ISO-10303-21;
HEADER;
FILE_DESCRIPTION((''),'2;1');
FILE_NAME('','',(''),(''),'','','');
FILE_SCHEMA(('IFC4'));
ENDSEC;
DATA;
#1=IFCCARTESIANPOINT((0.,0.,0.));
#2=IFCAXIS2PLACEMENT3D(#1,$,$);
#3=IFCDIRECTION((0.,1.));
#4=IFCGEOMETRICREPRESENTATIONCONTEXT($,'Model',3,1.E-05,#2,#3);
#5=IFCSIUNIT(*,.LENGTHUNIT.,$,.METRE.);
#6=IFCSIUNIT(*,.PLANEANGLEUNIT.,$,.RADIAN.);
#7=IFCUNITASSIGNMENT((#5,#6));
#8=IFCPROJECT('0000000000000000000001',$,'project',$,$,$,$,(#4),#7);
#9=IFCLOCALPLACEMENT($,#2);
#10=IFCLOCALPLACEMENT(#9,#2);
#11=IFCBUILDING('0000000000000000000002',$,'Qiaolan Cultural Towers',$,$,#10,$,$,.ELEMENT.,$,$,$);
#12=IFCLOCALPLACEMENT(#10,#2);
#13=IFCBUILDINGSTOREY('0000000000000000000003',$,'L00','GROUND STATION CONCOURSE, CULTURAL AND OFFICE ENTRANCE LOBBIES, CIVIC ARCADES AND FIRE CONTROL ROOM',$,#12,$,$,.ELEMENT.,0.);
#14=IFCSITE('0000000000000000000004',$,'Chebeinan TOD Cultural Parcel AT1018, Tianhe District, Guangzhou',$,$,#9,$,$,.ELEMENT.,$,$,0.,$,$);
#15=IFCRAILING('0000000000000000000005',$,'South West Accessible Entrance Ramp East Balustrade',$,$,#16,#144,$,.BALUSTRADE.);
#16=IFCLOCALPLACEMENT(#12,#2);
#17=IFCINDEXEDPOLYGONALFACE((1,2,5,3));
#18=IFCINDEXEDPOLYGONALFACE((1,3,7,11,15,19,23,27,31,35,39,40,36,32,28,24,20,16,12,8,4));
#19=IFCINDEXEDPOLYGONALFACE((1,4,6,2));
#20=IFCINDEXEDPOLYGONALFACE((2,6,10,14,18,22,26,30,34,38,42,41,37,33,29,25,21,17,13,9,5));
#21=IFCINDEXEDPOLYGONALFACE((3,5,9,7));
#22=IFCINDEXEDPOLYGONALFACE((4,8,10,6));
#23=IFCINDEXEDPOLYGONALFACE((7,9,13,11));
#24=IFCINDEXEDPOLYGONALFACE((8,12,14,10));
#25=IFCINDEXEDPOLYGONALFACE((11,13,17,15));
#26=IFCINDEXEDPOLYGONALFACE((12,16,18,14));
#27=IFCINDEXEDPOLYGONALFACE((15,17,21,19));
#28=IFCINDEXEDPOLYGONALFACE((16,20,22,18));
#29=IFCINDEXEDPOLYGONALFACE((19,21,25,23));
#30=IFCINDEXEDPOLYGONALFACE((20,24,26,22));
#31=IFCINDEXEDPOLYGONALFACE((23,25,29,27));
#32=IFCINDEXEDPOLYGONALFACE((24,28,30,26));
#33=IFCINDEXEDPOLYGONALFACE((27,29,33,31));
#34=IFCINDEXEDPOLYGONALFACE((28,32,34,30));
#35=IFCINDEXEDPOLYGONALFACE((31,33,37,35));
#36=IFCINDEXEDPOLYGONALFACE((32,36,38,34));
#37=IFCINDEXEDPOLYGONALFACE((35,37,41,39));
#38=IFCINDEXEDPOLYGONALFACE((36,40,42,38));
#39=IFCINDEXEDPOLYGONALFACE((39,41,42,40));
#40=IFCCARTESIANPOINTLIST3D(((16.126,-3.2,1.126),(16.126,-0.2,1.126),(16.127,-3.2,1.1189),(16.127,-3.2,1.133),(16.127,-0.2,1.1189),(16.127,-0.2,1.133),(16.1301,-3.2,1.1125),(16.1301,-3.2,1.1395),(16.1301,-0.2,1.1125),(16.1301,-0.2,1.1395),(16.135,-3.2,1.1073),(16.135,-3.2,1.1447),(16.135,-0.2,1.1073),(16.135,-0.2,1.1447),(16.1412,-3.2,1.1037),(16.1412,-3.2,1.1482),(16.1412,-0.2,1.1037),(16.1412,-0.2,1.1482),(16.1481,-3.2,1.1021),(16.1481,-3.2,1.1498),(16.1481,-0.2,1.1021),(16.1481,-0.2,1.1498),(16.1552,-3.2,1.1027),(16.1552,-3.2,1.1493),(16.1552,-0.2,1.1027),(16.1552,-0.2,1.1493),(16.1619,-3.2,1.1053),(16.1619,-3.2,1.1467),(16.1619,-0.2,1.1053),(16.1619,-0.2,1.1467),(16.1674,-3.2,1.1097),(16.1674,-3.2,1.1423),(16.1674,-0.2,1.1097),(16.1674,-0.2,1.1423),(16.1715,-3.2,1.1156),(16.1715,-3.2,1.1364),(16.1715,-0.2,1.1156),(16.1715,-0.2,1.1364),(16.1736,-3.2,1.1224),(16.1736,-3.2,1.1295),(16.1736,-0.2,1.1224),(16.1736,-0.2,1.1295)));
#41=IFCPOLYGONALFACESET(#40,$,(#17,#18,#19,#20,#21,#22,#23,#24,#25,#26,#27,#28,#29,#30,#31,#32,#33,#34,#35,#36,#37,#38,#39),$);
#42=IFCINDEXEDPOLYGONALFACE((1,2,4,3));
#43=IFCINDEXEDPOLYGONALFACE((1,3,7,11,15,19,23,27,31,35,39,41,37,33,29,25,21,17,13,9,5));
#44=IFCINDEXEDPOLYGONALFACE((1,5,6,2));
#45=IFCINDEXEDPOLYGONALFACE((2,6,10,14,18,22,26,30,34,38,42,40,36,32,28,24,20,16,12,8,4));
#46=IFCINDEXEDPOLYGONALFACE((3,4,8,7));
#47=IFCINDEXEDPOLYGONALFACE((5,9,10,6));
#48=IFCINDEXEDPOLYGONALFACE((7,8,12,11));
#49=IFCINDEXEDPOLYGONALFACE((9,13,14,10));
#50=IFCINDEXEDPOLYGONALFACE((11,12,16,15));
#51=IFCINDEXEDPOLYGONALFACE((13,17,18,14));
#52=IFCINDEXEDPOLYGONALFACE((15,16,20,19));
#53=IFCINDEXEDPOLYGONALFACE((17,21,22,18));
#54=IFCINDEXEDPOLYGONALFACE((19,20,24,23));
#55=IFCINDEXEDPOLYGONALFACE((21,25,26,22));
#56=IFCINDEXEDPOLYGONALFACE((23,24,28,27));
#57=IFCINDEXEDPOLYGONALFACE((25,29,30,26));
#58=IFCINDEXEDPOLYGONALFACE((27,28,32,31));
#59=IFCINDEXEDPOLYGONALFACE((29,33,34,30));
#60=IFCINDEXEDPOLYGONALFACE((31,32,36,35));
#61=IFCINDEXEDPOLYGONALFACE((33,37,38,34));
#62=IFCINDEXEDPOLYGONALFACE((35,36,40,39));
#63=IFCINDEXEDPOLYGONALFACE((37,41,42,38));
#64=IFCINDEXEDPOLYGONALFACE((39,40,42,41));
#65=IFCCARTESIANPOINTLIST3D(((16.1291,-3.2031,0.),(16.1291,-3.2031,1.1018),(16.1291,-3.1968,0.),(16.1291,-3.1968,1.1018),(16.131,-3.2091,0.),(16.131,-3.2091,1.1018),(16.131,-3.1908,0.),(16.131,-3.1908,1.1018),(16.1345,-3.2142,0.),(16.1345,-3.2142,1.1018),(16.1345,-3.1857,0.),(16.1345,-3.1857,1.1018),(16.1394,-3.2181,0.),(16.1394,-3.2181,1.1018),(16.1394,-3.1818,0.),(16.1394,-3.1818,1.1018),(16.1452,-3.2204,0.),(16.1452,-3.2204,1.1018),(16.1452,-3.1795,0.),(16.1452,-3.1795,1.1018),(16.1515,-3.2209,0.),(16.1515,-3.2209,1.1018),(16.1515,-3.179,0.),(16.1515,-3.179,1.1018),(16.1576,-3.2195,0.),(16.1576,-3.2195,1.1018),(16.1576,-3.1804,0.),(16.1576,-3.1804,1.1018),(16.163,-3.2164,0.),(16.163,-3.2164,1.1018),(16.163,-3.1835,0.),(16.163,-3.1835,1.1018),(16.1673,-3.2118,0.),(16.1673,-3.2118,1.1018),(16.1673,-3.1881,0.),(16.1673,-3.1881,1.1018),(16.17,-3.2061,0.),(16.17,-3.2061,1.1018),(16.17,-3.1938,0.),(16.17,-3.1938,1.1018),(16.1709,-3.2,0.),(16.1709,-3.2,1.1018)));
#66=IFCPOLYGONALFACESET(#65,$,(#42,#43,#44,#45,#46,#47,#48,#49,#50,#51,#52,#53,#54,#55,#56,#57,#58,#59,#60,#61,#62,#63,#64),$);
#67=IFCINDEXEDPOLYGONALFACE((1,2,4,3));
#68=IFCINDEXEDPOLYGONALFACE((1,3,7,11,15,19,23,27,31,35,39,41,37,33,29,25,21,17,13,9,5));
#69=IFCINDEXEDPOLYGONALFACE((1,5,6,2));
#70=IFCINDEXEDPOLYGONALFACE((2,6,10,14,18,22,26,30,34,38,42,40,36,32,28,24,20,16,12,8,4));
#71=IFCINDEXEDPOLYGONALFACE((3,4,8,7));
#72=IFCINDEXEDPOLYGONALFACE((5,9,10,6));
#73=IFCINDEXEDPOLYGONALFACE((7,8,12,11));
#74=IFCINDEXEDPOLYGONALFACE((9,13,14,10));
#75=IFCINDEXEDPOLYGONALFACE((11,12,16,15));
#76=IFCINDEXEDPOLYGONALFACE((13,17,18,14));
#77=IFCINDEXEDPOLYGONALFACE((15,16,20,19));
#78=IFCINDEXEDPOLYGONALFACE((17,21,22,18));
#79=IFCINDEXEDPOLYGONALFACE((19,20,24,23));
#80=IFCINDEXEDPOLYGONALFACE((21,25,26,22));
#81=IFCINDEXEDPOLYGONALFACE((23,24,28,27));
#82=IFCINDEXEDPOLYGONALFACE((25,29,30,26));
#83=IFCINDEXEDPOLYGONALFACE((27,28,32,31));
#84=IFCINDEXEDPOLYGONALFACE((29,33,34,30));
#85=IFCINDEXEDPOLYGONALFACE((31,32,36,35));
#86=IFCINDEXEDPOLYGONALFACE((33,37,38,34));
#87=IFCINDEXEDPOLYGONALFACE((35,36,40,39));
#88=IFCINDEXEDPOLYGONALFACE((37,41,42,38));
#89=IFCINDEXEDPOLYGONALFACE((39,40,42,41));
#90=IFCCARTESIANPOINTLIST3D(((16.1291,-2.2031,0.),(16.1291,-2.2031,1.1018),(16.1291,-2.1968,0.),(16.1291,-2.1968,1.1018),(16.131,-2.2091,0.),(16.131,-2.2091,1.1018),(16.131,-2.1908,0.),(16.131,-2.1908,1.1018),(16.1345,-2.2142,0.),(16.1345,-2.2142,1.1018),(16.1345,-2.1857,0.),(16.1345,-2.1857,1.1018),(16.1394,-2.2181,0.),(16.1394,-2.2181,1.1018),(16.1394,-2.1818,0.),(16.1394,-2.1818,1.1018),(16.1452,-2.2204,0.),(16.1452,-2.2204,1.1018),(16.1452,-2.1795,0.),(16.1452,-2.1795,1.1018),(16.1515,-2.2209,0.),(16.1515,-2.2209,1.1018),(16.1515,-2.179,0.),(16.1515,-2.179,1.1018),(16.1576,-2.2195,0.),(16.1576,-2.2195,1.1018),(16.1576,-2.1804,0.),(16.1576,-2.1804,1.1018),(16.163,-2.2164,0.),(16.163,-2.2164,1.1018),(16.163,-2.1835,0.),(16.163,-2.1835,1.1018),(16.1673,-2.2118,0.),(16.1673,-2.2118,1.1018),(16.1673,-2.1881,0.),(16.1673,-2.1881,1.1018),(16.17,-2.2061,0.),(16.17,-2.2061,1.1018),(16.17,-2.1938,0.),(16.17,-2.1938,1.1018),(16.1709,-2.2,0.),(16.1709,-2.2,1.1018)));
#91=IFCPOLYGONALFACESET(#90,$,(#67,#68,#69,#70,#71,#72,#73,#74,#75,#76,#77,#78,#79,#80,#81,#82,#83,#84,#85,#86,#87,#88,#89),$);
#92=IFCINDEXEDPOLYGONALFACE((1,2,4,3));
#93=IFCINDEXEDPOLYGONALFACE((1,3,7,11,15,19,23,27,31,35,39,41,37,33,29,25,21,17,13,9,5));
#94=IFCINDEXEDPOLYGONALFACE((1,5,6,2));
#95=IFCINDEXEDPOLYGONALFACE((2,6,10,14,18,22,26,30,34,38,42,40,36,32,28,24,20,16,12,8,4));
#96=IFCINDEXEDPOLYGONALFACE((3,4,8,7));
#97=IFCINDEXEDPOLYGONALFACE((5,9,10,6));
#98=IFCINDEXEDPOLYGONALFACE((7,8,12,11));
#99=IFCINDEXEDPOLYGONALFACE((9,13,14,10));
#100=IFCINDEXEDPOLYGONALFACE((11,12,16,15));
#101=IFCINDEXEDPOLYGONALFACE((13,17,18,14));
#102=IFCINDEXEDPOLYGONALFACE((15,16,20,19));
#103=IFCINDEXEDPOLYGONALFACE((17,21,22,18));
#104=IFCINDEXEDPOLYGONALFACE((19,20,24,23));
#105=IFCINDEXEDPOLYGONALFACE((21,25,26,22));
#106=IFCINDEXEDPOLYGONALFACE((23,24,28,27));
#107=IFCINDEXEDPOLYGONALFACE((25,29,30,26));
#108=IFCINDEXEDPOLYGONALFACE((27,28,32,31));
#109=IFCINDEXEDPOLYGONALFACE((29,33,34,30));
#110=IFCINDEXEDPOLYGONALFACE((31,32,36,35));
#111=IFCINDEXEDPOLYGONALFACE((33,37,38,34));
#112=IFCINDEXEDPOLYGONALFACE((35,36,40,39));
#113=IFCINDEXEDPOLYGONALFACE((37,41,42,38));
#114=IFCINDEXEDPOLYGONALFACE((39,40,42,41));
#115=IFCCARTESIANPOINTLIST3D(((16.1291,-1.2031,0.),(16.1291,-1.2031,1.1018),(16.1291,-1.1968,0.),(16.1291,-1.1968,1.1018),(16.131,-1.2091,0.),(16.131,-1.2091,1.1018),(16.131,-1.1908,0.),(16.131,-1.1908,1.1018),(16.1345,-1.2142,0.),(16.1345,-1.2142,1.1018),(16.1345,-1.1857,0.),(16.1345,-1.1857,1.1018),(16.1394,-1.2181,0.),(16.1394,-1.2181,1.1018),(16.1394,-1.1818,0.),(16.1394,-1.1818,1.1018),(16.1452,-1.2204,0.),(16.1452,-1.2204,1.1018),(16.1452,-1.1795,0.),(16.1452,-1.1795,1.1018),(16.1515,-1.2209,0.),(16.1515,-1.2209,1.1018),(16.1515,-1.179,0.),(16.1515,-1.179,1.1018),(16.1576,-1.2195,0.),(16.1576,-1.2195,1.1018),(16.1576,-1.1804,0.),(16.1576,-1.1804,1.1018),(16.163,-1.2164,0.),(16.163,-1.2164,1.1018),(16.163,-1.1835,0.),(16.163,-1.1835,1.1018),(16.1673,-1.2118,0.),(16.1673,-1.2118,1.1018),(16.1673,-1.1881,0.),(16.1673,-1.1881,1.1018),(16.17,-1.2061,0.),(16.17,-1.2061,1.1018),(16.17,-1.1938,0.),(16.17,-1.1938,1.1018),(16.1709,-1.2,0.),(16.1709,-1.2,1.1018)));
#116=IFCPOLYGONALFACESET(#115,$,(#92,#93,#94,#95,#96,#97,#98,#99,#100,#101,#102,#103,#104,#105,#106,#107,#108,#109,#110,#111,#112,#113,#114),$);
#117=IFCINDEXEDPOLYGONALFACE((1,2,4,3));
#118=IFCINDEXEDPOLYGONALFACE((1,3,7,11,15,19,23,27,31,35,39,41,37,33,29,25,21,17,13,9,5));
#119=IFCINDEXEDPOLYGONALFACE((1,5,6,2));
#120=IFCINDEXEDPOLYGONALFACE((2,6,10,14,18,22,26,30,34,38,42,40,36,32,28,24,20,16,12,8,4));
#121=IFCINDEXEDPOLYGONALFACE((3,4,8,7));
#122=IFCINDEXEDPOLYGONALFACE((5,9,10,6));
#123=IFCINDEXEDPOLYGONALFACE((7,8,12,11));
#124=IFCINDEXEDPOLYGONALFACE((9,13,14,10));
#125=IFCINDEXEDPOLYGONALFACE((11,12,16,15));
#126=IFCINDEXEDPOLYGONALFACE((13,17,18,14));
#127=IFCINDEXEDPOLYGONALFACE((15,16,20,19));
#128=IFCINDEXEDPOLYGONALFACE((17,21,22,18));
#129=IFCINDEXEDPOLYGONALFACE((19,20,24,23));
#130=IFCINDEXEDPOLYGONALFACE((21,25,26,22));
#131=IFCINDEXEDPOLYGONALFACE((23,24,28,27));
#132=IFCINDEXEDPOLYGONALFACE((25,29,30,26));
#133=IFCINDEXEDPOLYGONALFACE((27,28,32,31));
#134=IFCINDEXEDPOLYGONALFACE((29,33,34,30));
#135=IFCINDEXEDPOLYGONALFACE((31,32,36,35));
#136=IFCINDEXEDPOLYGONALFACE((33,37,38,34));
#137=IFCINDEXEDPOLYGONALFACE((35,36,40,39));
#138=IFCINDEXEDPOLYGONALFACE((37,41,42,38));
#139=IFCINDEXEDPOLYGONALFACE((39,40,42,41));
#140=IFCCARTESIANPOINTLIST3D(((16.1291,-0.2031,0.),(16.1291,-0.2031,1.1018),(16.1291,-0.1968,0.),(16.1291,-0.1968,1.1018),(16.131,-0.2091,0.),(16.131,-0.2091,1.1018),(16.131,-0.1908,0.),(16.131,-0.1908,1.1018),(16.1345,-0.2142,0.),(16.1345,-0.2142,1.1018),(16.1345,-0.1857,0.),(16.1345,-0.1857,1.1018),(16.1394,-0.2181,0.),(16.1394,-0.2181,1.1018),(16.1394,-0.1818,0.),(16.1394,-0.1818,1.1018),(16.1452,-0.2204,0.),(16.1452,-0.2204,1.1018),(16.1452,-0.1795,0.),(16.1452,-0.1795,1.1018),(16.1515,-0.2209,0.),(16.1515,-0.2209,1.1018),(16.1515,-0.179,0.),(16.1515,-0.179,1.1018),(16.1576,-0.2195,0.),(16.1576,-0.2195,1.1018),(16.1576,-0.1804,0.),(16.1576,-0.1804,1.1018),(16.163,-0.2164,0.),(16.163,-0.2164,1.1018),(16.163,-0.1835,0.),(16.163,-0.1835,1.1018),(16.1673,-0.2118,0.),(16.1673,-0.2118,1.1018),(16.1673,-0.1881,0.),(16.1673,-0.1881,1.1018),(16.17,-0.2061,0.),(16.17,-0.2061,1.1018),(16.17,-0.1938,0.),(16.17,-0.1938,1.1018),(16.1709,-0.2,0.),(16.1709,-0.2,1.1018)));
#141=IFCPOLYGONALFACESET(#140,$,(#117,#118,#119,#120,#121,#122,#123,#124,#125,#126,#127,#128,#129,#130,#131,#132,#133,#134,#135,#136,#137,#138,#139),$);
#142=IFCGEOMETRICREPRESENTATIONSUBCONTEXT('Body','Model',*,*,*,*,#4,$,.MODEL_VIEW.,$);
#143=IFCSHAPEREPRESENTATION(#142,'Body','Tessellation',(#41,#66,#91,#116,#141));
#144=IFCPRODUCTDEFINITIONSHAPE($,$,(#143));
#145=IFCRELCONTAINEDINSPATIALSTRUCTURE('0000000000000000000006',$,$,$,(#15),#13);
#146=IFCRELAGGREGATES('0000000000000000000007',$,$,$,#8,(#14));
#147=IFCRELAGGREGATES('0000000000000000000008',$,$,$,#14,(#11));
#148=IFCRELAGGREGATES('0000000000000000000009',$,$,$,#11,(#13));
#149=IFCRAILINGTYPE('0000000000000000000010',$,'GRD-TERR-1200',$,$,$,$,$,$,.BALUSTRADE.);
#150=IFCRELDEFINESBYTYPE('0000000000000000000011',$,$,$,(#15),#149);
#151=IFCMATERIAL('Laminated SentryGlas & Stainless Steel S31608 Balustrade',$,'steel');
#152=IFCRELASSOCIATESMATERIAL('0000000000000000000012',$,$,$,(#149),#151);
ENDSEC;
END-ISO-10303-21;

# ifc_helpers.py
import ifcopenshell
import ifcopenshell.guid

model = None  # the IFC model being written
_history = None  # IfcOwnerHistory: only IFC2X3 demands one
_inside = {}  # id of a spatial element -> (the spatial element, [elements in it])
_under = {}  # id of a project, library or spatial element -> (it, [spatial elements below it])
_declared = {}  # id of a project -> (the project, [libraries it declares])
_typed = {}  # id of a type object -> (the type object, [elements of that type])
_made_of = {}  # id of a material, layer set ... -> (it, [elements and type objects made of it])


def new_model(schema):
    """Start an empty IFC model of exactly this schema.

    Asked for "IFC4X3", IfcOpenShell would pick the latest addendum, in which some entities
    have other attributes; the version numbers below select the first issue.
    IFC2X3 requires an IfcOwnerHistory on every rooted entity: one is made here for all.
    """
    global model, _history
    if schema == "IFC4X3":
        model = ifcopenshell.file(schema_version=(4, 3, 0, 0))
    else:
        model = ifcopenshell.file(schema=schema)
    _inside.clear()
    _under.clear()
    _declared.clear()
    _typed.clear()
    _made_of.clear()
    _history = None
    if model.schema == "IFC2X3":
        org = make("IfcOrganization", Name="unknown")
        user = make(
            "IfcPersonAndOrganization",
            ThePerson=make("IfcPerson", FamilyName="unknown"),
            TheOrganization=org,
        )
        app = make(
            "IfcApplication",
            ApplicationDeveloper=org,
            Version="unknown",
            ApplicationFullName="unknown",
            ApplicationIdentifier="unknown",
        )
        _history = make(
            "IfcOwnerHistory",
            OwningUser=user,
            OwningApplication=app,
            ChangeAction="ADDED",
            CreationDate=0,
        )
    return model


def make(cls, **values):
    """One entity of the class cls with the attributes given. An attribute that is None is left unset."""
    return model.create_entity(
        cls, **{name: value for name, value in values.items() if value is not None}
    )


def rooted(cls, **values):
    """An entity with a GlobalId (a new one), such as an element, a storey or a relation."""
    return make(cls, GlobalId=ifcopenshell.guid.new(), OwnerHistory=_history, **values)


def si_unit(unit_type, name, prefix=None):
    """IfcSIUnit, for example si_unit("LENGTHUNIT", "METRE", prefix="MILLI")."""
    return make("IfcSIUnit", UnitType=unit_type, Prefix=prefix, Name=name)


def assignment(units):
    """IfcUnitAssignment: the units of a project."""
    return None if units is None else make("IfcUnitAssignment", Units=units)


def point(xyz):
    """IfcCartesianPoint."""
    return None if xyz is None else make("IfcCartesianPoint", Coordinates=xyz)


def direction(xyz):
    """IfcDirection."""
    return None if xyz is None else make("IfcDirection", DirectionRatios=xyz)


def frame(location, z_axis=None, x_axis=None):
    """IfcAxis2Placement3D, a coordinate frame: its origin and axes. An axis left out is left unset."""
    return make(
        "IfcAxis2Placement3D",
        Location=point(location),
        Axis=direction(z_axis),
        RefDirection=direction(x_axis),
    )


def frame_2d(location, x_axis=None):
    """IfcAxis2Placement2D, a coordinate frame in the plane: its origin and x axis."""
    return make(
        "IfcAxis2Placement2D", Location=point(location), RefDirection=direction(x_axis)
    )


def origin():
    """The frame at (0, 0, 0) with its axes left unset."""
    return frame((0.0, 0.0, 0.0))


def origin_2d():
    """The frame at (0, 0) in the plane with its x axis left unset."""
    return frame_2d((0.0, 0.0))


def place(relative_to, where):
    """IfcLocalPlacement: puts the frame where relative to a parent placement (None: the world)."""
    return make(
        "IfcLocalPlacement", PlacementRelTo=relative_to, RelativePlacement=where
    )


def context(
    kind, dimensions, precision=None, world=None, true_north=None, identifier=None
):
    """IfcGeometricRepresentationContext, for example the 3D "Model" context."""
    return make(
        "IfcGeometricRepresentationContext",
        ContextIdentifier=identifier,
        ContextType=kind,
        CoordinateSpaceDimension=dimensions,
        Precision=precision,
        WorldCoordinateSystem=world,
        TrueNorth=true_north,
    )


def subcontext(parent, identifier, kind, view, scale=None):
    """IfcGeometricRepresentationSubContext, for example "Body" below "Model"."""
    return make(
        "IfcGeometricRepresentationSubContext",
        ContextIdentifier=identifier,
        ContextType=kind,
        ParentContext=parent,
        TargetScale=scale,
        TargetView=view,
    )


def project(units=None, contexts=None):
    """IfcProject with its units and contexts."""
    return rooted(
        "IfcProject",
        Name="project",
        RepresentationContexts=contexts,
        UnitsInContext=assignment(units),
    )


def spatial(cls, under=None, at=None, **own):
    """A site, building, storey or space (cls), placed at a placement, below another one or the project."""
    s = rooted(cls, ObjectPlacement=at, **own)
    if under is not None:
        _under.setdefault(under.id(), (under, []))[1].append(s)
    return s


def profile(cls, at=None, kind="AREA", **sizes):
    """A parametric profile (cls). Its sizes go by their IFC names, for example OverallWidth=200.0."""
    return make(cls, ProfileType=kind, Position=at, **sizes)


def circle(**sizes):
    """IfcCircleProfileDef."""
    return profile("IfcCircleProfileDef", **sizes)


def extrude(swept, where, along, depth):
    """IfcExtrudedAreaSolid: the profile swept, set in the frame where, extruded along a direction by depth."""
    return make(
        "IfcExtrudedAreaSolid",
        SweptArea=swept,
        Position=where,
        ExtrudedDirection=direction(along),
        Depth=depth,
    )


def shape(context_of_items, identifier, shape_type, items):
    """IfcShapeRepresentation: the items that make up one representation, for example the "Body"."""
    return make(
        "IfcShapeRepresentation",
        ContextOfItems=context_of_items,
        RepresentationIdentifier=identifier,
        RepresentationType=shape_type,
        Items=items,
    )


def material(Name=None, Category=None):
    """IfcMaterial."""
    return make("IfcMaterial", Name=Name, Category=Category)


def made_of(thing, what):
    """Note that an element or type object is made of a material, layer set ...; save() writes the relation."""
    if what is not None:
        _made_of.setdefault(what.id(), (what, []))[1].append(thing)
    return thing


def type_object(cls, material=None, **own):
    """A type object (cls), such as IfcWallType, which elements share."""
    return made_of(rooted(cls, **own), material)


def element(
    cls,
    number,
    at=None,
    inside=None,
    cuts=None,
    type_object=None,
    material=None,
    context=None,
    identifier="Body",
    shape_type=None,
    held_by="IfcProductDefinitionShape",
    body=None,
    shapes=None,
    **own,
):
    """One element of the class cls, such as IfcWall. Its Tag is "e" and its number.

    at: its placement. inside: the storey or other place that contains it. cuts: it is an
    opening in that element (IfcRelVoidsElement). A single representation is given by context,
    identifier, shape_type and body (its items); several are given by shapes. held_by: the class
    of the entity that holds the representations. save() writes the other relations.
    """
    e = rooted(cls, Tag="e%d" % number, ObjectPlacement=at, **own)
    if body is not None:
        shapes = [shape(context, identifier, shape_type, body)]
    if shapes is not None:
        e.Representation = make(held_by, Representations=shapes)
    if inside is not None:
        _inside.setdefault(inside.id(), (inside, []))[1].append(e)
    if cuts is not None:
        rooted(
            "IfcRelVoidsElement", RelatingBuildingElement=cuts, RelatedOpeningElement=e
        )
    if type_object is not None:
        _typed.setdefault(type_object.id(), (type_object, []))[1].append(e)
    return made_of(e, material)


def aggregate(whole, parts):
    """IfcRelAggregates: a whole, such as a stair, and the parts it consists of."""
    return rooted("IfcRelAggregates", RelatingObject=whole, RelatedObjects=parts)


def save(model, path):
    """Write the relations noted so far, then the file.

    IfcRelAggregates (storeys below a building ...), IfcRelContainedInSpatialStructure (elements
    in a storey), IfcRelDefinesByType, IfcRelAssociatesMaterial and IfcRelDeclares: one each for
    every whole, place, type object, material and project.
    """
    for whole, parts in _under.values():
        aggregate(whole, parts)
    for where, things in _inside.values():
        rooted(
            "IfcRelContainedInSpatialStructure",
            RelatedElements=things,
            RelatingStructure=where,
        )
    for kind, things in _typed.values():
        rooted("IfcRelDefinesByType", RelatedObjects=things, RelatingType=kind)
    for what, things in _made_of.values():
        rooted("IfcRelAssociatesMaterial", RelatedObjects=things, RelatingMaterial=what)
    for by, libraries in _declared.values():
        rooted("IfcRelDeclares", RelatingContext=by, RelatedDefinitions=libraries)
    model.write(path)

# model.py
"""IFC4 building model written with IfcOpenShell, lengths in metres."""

from ifc_helpers import new_model, si_unit, direction, frame, origin, origin_2d, place, context, subcontext, project, spatial, circle, extrude, material, type_object, element, save


model = new_model("IFC4")

# Units and contexts
model_context = context("Model", 3, precision=1e-05, world=origin(), true_north=direction((0.0, 1.0)))
body_context = subcontext(model_context, "Body", "Model", "MODEL_VIEW")
ifc_project = project(units=[si_unit("LENGTHUNIT", "METRE"), si_unit("PLANEANGLEUNIT", "RADIAN")], contexts=[model_context])

# Site, building, storey
site_placement = place(None, origin())
site = spatial("IfcSite", under=ifc_project, at=site_placement, Name="Chebeinan TOD Cultural Parcel AT1018, Tianhe District, Guangzhou", CompositionType="ELEMENT", RefElevation=0.0)
building_placement = place(site_placement, origin())
building = spatial("IfcBuilding", under=site, at=building_placement, Name="Qiaolan Cultural Towers", CompositionType="ELEMENT")
storey_placement = place(building_placement, origin())
storey = spatial("IfcBuildingStorey", under=building, at=storey_placement, Name="L00", Description="GROUND STATION CONCOURSE, CULTURAL AND OFFICE ENTRANCE LOBBIES, CIVIC ARCADES AND FIRE CONTROL ROOM", CompositionType="ELEMENT", Elevation=0.0)

# Railing
ifc_material_1 = material(Name="Laminated SentryGlas & Stainless Steel S31608 Balustrade", Category="steel")
railing_type = type_object("IfcRailingType", Name="GRD-TERR-1200", PredefinedType="BALUSTRADE", material=ifc_material_1)
for number, where, name in (
    (1, (16.1499, -3.2, 0.0), "South West Accessible Entrance Ramp East Balustrade"),
):
    element("IfcRailing", number, at=place(storey_placement, frame(where)), inside=storey, type_object=railing_type, Name=name, PredefinedType="BALUSTRADE", context=body_context, shape_type="SweptSolid", body=[
        extrude(circle(Radius=0.0239, at=origin_2d()), frame((0.0, 0.0, 1.126), z_axis=(0.0, 1.0, 0.0), x_axis=(-1.0, 0.0, 0.0)), (0.0, 0.0, 1.0), 3.0),
        extrude(circle(Radius=0.021, at=origin_2d()), origin(), (0.0, 0.0, 1.0), 1.1018),
        extrude(circle(Radius=0.021, at=origin_2d()), frame((0.0, 1.0, 0.0)), (0.0, 0.0, 1.0), 1.1018),
        extrude(circle(Radius=0.021, at=origin_2d()), frame((0.0, 2.0, 0.0)), (0.0, 0.0, 1.0), 1.1018),
        extrude(circle(Radius=0.021, at=origin_2d()), frame((0.0, 3.0, 0.0)), (0.0, 0.0, 1.0), 1.1018),
    ])

save(model, "model.ifc")
